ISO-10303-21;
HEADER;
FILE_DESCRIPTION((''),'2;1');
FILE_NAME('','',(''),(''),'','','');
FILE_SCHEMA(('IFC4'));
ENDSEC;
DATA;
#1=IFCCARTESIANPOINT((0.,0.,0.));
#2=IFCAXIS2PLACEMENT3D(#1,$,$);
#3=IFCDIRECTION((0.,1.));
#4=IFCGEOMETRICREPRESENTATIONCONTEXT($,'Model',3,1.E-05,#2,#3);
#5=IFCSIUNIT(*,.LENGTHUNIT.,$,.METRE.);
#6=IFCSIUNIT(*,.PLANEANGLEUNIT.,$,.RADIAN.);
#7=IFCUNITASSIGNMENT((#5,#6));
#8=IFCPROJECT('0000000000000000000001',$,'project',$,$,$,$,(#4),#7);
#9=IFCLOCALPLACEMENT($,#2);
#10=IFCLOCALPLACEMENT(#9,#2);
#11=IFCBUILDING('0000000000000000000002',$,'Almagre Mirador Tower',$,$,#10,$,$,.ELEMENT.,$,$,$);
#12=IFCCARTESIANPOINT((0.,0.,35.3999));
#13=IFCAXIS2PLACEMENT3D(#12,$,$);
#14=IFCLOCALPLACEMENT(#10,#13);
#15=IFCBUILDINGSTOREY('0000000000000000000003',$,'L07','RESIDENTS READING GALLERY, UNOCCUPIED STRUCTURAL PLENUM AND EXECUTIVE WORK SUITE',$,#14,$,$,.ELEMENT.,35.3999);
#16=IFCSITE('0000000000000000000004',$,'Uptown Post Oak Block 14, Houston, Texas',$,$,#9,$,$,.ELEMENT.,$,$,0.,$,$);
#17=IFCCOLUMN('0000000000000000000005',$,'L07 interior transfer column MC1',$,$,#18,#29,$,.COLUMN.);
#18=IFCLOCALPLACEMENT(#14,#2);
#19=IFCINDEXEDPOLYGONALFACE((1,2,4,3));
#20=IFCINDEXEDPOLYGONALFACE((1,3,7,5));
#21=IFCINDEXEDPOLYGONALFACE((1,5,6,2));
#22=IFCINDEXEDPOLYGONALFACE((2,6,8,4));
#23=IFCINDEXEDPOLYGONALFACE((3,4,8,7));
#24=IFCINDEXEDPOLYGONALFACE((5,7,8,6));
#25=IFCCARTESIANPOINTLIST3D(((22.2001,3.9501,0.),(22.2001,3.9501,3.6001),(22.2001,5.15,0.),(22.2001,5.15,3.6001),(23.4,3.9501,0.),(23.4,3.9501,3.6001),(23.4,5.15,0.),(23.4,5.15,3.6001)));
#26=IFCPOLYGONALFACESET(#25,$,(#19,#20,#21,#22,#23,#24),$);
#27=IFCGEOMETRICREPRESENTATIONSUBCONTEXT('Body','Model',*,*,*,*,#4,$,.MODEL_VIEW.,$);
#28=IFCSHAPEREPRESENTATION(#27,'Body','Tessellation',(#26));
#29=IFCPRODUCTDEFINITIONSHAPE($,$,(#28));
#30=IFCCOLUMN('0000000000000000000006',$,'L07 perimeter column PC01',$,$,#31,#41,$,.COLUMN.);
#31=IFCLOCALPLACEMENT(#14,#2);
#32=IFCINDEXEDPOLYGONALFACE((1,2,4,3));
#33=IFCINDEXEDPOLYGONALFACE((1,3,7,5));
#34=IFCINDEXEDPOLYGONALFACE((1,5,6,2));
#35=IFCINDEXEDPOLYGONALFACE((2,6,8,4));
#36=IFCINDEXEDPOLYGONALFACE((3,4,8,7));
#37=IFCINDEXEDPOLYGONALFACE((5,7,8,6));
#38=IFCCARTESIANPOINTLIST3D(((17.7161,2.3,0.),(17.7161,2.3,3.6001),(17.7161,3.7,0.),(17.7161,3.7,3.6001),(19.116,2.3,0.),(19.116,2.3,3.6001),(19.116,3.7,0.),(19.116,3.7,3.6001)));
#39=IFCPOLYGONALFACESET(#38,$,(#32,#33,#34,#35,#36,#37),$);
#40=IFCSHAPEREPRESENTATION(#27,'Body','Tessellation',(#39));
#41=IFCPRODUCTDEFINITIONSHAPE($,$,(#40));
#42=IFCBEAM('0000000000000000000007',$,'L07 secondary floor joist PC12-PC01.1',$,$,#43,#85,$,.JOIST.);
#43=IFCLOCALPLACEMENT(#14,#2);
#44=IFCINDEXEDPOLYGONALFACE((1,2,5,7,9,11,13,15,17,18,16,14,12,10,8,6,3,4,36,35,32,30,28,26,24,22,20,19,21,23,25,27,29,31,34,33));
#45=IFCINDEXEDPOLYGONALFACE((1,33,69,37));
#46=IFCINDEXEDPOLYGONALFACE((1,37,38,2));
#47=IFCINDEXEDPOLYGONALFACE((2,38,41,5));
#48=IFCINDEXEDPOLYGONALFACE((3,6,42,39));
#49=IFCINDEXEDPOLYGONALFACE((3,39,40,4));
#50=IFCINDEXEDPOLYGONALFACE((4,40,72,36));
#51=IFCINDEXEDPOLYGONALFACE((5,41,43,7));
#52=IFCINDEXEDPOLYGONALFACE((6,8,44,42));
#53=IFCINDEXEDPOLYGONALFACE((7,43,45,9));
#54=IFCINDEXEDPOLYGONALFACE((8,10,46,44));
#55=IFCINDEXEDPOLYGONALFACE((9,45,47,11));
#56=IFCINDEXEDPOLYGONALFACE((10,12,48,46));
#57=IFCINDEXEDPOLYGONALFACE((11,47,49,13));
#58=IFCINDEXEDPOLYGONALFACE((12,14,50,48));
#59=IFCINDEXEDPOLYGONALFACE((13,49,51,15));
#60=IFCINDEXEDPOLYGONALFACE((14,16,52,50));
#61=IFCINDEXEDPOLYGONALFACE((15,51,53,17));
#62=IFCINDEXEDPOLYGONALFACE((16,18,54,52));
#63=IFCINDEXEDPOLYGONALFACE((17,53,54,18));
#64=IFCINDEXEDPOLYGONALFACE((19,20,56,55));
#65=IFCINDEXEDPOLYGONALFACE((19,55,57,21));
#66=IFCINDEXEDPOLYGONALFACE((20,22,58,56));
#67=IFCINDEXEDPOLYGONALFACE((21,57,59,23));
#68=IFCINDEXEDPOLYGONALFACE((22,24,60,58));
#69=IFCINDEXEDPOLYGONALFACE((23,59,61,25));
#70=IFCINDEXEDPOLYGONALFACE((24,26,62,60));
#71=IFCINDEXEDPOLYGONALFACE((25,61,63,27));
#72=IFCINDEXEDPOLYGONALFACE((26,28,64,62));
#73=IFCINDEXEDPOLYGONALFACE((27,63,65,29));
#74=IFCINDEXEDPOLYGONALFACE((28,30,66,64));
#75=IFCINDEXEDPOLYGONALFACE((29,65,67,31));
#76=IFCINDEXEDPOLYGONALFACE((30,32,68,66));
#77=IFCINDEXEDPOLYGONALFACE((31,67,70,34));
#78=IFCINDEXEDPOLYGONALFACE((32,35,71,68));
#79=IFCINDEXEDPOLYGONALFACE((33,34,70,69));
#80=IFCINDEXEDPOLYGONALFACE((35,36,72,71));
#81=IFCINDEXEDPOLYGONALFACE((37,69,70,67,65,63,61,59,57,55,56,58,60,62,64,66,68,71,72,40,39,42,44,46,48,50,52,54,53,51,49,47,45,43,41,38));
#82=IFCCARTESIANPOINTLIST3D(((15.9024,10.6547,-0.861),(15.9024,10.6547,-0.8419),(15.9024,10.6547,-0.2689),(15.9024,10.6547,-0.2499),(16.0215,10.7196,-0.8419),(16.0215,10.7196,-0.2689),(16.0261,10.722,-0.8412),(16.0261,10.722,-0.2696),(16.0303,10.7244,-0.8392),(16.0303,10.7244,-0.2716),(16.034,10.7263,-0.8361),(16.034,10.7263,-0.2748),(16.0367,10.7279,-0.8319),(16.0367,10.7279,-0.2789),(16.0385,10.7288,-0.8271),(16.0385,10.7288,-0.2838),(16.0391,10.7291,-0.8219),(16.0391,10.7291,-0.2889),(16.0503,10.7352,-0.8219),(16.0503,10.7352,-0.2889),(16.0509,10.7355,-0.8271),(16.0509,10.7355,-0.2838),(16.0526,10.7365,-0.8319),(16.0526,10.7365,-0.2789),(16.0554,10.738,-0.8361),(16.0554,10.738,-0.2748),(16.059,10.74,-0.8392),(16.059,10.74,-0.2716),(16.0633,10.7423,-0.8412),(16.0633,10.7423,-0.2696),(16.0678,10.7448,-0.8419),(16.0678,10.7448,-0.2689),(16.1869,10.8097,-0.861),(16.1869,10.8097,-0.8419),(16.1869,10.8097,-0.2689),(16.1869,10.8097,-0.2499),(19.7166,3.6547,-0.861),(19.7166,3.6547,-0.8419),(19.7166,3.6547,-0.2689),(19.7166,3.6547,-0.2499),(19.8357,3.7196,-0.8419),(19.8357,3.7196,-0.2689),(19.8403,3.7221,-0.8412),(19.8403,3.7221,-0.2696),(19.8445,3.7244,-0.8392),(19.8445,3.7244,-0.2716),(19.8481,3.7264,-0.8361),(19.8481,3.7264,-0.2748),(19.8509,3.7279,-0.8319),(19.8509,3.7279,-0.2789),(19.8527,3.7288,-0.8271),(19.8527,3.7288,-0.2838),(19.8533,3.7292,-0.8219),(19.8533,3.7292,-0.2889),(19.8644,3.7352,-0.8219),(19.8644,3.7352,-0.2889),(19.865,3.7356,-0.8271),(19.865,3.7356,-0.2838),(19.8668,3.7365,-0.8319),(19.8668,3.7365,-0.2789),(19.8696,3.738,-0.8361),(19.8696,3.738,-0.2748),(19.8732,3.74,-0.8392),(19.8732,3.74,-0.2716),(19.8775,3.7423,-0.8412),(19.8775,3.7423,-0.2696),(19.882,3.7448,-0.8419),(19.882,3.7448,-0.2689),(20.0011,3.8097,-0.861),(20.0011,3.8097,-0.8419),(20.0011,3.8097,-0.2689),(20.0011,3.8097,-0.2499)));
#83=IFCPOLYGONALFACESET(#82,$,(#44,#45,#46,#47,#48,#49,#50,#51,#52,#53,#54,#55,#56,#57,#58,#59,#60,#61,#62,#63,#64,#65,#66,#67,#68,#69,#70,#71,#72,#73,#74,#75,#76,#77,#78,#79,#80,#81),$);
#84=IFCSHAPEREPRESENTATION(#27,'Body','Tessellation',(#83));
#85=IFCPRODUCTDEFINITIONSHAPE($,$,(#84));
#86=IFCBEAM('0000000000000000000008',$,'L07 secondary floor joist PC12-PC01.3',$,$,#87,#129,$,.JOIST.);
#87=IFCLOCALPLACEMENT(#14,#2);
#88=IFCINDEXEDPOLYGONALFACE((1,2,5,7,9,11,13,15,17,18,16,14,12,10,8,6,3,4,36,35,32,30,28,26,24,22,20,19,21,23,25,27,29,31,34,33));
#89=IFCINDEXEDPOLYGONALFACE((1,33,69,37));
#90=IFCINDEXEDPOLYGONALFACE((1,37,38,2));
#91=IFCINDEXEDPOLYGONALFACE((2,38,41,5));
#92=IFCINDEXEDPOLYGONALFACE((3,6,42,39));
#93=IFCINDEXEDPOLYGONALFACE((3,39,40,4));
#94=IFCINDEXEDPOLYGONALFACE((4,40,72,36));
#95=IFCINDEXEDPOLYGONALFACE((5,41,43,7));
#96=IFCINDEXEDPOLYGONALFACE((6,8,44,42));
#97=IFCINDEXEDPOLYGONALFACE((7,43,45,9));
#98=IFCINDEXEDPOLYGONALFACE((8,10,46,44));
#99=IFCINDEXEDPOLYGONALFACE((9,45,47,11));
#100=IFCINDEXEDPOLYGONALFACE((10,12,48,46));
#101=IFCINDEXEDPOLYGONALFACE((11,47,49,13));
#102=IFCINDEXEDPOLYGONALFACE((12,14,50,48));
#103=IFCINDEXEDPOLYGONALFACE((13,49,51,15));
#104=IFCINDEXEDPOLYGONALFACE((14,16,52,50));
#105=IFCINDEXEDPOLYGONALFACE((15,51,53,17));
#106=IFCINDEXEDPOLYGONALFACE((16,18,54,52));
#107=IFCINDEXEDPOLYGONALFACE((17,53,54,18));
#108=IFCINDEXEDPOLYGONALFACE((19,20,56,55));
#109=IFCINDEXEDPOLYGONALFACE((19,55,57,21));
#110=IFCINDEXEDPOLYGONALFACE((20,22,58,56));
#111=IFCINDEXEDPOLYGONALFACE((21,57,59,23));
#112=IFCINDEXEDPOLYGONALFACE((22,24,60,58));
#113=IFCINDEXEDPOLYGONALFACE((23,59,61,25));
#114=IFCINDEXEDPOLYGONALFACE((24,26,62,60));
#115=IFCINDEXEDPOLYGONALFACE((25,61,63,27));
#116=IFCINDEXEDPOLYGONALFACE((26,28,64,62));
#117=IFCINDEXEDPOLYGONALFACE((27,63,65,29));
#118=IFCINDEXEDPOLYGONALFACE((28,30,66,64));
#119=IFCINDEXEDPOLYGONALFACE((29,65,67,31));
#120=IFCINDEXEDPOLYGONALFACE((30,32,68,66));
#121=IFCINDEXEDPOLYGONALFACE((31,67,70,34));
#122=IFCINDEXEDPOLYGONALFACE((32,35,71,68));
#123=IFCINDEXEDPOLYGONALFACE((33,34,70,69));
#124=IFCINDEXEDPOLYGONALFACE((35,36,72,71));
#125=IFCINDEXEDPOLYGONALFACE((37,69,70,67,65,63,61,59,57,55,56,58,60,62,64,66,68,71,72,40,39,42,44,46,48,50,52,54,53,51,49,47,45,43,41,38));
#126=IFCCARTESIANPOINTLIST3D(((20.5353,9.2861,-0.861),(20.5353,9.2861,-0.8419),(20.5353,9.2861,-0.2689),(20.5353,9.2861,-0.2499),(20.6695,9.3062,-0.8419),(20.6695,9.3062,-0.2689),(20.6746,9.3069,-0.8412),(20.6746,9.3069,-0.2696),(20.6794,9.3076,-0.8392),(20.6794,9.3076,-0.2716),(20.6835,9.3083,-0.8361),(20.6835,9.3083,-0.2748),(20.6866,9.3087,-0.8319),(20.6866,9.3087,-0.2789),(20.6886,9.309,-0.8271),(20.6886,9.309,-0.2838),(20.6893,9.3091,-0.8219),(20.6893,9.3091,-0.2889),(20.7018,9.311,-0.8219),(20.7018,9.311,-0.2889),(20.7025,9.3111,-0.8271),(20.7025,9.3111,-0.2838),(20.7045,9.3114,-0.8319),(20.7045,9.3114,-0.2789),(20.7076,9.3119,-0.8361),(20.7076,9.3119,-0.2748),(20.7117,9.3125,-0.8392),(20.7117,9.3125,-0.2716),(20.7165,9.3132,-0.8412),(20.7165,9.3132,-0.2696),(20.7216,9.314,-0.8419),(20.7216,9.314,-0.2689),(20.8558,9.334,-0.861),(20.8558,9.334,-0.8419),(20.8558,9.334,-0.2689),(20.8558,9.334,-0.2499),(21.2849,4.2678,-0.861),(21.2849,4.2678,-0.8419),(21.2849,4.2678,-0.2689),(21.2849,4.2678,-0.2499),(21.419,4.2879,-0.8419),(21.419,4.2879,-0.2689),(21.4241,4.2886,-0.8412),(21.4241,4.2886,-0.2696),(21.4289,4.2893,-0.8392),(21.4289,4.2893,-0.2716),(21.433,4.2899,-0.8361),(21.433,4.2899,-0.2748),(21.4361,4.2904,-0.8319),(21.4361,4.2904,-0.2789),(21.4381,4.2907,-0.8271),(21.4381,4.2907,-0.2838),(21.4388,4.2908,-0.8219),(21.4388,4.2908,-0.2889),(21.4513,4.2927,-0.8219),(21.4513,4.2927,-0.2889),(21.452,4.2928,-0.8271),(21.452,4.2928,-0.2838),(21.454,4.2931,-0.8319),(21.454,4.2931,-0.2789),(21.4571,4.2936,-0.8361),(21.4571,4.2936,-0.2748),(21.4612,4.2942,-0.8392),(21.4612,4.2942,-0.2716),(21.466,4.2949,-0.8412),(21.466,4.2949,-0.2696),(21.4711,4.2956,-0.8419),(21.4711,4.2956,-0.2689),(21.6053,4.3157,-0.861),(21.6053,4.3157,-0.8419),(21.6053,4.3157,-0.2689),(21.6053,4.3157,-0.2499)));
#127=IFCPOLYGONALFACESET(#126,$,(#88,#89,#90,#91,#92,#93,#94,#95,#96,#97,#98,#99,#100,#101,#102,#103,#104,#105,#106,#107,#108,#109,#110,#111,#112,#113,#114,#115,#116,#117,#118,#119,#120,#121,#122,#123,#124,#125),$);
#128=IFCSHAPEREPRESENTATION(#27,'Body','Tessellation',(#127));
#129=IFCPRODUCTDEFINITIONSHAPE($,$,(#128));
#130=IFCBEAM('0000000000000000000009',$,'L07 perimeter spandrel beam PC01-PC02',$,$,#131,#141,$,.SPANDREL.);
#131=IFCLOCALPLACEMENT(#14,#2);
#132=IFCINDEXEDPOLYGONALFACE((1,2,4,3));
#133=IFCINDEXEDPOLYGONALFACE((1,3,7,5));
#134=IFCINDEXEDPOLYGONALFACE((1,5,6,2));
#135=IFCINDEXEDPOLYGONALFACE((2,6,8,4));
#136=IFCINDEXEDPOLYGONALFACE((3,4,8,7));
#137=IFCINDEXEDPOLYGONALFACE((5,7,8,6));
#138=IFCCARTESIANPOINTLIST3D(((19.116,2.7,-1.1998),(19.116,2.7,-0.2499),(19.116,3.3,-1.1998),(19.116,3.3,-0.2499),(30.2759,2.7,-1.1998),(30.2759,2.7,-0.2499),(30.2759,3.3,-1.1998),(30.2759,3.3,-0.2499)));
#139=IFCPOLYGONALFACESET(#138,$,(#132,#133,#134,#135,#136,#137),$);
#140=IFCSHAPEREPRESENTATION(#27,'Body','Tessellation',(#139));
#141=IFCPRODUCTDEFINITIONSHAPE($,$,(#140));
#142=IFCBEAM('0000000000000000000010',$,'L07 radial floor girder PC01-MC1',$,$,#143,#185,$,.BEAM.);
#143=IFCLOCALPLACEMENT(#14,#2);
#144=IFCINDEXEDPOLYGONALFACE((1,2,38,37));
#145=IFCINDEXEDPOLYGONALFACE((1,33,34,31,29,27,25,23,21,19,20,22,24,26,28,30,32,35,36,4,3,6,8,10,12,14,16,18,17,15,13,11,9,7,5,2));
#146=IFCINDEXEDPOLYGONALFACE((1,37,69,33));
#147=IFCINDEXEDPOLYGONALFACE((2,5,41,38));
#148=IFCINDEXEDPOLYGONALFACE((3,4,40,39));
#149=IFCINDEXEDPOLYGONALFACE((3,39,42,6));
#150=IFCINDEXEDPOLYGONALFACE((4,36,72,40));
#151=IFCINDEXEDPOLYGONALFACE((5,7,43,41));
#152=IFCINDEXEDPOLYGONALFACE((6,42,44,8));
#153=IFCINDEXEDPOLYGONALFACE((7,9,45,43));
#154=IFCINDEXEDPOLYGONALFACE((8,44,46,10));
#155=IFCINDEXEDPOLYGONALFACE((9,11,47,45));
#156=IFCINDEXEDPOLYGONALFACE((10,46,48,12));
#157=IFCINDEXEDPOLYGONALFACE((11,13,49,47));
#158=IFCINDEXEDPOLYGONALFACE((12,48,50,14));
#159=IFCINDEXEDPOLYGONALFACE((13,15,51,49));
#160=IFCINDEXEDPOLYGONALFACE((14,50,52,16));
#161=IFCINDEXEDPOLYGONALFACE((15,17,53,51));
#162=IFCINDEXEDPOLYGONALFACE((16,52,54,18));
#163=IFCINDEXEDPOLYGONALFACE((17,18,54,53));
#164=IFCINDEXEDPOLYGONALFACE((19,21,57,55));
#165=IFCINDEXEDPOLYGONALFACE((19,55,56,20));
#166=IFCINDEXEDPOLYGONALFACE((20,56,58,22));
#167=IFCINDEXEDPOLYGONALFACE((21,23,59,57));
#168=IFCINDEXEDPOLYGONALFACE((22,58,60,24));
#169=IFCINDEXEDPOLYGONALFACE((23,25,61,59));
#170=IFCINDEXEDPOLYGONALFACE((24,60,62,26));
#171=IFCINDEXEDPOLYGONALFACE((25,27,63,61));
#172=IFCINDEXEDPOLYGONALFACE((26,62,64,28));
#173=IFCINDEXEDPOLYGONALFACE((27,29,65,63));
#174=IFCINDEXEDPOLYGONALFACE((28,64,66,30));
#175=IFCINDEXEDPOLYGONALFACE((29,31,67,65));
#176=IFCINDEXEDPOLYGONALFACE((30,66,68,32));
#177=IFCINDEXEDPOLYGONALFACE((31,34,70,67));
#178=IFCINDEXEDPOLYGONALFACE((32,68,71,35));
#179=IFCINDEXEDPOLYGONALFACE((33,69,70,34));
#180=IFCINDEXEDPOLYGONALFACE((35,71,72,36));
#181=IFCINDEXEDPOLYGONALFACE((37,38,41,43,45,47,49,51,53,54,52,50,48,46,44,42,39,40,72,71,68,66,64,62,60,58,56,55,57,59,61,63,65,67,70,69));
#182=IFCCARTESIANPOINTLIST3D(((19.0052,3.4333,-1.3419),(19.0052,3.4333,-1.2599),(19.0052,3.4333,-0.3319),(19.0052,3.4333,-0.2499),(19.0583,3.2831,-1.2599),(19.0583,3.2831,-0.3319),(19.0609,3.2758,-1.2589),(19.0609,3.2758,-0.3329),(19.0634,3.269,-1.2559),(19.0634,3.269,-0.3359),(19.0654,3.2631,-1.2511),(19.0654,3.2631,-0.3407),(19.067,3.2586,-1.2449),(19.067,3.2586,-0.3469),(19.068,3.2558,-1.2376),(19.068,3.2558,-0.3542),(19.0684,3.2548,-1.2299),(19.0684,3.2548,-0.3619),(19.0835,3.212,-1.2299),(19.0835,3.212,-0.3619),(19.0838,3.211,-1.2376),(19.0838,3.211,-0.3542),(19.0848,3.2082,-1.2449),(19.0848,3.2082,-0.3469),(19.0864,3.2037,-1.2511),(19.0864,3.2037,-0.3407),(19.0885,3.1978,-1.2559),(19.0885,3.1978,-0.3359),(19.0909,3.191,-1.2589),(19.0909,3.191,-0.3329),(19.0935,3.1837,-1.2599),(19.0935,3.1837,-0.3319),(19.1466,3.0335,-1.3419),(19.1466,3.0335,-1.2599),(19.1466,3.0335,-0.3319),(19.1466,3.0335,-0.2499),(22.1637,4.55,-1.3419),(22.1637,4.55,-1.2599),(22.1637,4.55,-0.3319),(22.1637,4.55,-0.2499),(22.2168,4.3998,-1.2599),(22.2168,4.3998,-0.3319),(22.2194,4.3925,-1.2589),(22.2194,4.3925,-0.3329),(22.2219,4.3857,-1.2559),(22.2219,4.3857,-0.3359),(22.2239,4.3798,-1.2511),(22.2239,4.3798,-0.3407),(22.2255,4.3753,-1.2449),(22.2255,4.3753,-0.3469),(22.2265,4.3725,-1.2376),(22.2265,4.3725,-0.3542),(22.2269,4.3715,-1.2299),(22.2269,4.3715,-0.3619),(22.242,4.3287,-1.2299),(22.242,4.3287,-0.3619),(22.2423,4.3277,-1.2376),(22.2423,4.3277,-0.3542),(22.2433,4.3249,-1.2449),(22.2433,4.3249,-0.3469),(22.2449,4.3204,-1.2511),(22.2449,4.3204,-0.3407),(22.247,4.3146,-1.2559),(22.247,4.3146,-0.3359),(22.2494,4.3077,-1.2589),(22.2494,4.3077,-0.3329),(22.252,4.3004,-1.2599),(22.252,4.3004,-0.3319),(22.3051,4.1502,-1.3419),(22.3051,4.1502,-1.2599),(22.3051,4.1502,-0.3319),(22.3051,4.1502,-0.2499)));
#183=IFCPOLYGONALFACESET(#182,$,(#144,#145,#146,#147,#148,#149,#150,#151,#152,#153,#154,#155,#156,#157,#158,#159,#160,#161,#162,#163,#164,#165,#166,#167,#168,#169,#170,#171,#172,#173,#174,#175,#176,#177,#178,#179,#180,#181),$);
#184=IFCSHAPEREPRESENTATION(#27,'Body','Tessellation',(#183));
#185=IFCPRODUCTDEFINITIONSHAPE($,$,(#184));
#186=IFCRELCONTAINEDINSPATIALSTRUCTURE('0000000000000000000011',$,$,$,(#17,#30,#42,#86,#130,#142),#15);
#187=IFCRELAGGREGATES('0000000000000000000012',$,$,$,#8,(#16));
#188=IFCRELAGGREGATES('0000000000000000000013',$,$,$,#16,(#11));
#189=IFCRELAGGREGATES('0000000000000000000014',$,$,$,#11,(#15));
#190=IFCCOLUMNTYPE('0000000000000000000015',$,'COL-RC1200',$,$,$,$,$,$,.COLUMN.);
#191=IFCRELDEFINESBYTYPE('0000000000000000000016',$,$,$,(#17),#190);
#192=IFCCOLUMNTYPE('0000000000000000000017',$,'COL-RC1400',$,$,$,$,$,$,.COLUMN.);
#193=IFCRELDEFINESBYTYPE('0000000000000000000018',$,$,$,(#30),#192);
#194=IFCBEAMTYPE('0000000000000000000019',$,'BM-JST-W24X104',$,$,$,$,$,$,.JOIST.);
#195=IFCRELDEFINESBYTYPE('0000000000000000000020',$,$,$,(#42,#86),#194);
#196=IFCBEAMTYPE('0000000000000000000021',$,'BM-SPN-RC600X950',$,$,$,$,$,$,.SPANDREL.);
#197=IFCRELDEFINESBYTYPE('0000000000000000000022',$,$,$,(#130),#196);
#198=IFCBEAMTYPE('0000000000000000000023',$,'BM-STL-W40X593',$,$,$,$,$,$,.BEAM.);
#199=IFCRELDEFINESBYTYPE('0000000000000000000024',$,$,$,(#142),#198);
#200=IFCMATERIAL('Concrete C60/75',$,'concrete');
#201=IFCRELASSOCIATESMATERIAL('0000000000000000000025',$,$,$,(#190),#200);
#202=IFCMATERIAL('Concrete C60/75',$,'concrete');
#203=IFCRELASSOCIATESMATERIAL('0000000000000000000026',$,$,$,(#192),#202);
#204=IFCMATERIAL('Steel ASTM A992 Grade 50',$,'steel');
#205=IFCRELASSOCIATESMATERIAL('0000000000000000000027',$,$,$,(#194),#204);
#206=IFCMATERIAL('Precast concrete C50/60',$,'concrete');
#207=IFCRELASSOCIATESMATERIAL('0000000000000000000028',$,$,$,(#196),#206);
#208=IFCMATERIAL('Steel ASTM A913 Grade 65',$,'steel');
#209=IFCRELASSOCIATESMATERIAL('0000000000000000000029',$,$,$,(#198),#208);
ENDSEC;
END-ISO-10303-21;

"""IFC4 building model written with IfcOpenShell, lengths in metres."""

from ifc_helpers import new_model, si_unit, direction, frame, origin, origin_2d, place, context, subcontext, project, spatial, rectangle, i_section, extrude, material, material_profile, profile_set, type_object, element, save


model = new_model("IFC4")

# Units and contexts
model_context = context("Model", 3, precision=1e-05, world=origin(), true_north=direction((0.0, 1.0)))
body_context = subcontext(model_context, "Body", "Model", "MODEL_VIEW")
ifc_project = project(units=[si_unit("LENGTHUNIT", "METRE"), si_unit("PLANEANGLEUNIT", "RADIAN")], contexts=[model_context])

# Site, building, storey
site_placement = place(None, origin())
site = spatial("IfcSite", under=ifc_project, at=site_placement, Name="Uptown Post Oak Block 14, Houston, Texas", CompositionType="ELEMENT", RefElevation=0.0)
building_placement = place(site_placement, origin())
building = spatial("IfcBuilding", under=site, at=building_placement, Name="Almagre Mirador Tower", CompositionType="ELEMENT")
storey_placement = place(building_placement, frame((0.0, 0.0, 35.3999)))
storey = spatial("IfcBuildingStorey", under=building, at=storey_placement, Name="L07", Description="RESIDENTS READING GALLERY, UNOCCUPIED STRUCTURAL PLENUM AND EXECUTIVE WORK SUITE", CompositionType="ELEMENT", Elevation=35.3999)

# Columns
ifc_material_1 = material(Name="Concrete C60/75", Category="concrete")
ifc_material_profile_1 = material_profile(ifc_material_1, rectangle(XDim=1.2, YDim=1.2, at=origin_2d()), Name="RC1200X1200")
ifc_profile_set_1 = profile_set([ifc_material_profile_1], Name="Concrete C60/75")
column_type_1 = type_object("IfcColumnType", Name="COL-RC1200", PredefinedType="COLUMN", material=ifc_profile_set_1)
column_1_placement = place(storey_placement, frame((22.8, 4.55, 0.0), z_axis=(0.0, 0.0, 1.0), x_axis=(1.0, 0.0, 0.0)))
element("IfcColumn", 1, at=column_1_placement, inside=storey, type_object=column_type_1, Name="L07 interior transfer column MC1", PredefinedType="COLUMN", context=body_context, shape_type="SweptSolid", body=[
    extrude(rectangle(XDim=1.2, YDim=1.2, at=origin_2d()), origin(), (0.0, 0.0, 1.0), 3.6001),
])
ifc_material_2 = material(Name="Concrete C60/75", Category="concrete")
ifc_material_profile_2 = material_profile(ifc_material_2, rectangle(XDim=1.3999, YDim=1.3999, at=origin_2d()), Name="RC1400X1400")
ifc_profile_set_2 = profile_set([ifc_material_profile_2], Name="Concrete C60/75")
column_type_2 = type_object("IfcColumnType", Name="COL-RC1400", PredefinedType="COLUMN", material=ifc_profile_set_2)
column_2_placement = place(storey_placement, frame((18.416, 3.0, 0.0), z_axis=(0.0, 0.0, 1.0), x_axis=(1.0, 0.0, 0.0)))
element("IfcColumn", 2, at=column_2_placement, inside=storey, type_object=column_type_2, Name="L07 perimeter column PC01", PredefinedType="COLUMN", context=body_context, shape_type="SweptSolid", body=[
    extrude(rectangle(XDim=1.3999, YDim=1.3999, at=origin_2d()), origin(), (0.0, 0.0, 1.0), 3.6001),
])

# Beams
ifc_material_3 = material(Name="Steel ASTM A992 Grade 50", Category="steel")
ifc_material_profile_3 = material_profile(ifc_material_3, i_section(OverallWidth=0.324, OverallDepth=0.6111, WebThickness=0.0127, FlangeThickness=0.019, FilletRadius=0.02, at=origin_2d()), Name="W24X104")
ifc_profile_set_3 = profile_set([ifc_material_profile_3], Name="Steel ASTM A992 Grade 50")
beam_type_1 = type_object("IfcBeamType", Name="BM-JST-W24X104", PredefinedType="JOIST", material=ifc_profile_set_3)
beam_1_placement = place(storey_placement, frame((16.0447, 10.7322, -0.5554), z_axis=(0.478468, -0.878105, 0.0), x_axis=(0.878105, 0.478468, 0.0)))
element("IfcBeam", 3, at=beam_1_placement, inside=storey, type_object=beam_type_1, Name="L07 secondary floor joist PC12-PC01.1", PredefinedType="JOIST", context=body_context, shape_type="SweptSolid", body=[
    extrude(i_section(OverallWidth=0.324, OverallDepth=0.6111, WebThickness=0.0127, FlangeThickness=0.019, FilletRadius=0.02, at=origin_2d()), origin(), (0.0, 0.0, 1.0), 7.9717),
])
beam_2_placement = place(storey_placement, frame((20.6956, 9.3101, -0.5554), z_axis=(0.147717, -0.98903, 0.0), x_axis=(0.98903, 0.147717, 0.0)))
element("IfcBeam", 4, at=beam_2_placement, inside=storey, type_object=beam_type_1, Name="L07 secondary floor joist PC12-PC01.3", PredefinedType="JOIST", context=body_context, shape_type="SweptSolid", body=[
    extrude(i_section(OverallWidth=0.324, OverallDepth=0.6111, WebThickness=0.0127, FlangeThickness=0.019, FilletRadius=0.02, at=origin_2d()), origin(), (0.0, 0.0, 1.0), 5.074),
])
ifc_material_4 = material(Name="Precast concrete C50/60", Category="concrete")
ifc_material_profile_4 = material_profile(ifc_material_4, rectangle(XDim=0.6001, YDim=0.95, at=origin_2d()), Name="RC600X950")
ifc_profile_set_4 = profile_set([ifc_material_profile_4], Name="Precast concrete C50/60")
beam_type_2 = type_object("IfcBeamType", Name="BM-SPN-RC600X950", PredefinedType="SPANDREL", material=ifc_profile_set_4)
beam_3_placement = place(storey_placement, frame((19.116, 3.0, -0.7249), z_axis=(1.0, 0.0, 0.0), x_axis=(0.0, 1.0, 0.0)))
element("IfcBeam", 5, at=beam_3_placement, inside=storey, type_object=beam_type_2, Name="L07 perimeter spandrel beam PC01-PC02", PredefinedType="SPANDREL", context=body_context, shape_type="SweptSolid", body=[
    extrude(rectangle(XDim=0.6001, YDim=0.95, at=origin_2d()), origin(), (0.0, 0.0, 1.0), 11.1599),
])
ifc_material_5 = material(Name="Steel ASTM A913 Grade 65", Category="steel")
ifc_material_profile_5 = material_profile(ifc_material_5, i_section(OverallWidth=0.4241, OverallDepth=1.092, WebThickness=0.0454, FlangeThickness=0.082, FilletRadius=0.03, at=origin_2d()), Name="W40X593")
ifc_profile_set_5 = profile_set([ifc_material_profile_5], Name="Steel ASTM A913 Grade 65")
beam_type_3 = type_object("IfcBeamType", Name="BM-STL-W40X593", PredefinedType="BEAM", material=ifc_profile_set_5)
beam_4_placement = place(storey_placement, frame((19.0759, 3.2334, -0.7959), z_axis=(0.942807, 0.333339, 0.0), x_axis=(-0.333339, 0.942807, 0.0)))
element("IfcBeam", 6, at=beam_4_placement, inside=storey, type_object=beam_type_3, Name="L07 radial floor girder PC01-MC1", PredefinedType="BEAM", context=body_context, shape_type="SweptSolid", body=[
    extrude(i_section(OverallWidth=0.4241, OverallDepth=1.092, WebThickness=0.0454, FlangeThickness=0.082, FilletRadius=0.03, at=origin_2d()), origin(), (0.0, 0.0, 1.0), 3.3501),
])

save(model, "model.ifc")
